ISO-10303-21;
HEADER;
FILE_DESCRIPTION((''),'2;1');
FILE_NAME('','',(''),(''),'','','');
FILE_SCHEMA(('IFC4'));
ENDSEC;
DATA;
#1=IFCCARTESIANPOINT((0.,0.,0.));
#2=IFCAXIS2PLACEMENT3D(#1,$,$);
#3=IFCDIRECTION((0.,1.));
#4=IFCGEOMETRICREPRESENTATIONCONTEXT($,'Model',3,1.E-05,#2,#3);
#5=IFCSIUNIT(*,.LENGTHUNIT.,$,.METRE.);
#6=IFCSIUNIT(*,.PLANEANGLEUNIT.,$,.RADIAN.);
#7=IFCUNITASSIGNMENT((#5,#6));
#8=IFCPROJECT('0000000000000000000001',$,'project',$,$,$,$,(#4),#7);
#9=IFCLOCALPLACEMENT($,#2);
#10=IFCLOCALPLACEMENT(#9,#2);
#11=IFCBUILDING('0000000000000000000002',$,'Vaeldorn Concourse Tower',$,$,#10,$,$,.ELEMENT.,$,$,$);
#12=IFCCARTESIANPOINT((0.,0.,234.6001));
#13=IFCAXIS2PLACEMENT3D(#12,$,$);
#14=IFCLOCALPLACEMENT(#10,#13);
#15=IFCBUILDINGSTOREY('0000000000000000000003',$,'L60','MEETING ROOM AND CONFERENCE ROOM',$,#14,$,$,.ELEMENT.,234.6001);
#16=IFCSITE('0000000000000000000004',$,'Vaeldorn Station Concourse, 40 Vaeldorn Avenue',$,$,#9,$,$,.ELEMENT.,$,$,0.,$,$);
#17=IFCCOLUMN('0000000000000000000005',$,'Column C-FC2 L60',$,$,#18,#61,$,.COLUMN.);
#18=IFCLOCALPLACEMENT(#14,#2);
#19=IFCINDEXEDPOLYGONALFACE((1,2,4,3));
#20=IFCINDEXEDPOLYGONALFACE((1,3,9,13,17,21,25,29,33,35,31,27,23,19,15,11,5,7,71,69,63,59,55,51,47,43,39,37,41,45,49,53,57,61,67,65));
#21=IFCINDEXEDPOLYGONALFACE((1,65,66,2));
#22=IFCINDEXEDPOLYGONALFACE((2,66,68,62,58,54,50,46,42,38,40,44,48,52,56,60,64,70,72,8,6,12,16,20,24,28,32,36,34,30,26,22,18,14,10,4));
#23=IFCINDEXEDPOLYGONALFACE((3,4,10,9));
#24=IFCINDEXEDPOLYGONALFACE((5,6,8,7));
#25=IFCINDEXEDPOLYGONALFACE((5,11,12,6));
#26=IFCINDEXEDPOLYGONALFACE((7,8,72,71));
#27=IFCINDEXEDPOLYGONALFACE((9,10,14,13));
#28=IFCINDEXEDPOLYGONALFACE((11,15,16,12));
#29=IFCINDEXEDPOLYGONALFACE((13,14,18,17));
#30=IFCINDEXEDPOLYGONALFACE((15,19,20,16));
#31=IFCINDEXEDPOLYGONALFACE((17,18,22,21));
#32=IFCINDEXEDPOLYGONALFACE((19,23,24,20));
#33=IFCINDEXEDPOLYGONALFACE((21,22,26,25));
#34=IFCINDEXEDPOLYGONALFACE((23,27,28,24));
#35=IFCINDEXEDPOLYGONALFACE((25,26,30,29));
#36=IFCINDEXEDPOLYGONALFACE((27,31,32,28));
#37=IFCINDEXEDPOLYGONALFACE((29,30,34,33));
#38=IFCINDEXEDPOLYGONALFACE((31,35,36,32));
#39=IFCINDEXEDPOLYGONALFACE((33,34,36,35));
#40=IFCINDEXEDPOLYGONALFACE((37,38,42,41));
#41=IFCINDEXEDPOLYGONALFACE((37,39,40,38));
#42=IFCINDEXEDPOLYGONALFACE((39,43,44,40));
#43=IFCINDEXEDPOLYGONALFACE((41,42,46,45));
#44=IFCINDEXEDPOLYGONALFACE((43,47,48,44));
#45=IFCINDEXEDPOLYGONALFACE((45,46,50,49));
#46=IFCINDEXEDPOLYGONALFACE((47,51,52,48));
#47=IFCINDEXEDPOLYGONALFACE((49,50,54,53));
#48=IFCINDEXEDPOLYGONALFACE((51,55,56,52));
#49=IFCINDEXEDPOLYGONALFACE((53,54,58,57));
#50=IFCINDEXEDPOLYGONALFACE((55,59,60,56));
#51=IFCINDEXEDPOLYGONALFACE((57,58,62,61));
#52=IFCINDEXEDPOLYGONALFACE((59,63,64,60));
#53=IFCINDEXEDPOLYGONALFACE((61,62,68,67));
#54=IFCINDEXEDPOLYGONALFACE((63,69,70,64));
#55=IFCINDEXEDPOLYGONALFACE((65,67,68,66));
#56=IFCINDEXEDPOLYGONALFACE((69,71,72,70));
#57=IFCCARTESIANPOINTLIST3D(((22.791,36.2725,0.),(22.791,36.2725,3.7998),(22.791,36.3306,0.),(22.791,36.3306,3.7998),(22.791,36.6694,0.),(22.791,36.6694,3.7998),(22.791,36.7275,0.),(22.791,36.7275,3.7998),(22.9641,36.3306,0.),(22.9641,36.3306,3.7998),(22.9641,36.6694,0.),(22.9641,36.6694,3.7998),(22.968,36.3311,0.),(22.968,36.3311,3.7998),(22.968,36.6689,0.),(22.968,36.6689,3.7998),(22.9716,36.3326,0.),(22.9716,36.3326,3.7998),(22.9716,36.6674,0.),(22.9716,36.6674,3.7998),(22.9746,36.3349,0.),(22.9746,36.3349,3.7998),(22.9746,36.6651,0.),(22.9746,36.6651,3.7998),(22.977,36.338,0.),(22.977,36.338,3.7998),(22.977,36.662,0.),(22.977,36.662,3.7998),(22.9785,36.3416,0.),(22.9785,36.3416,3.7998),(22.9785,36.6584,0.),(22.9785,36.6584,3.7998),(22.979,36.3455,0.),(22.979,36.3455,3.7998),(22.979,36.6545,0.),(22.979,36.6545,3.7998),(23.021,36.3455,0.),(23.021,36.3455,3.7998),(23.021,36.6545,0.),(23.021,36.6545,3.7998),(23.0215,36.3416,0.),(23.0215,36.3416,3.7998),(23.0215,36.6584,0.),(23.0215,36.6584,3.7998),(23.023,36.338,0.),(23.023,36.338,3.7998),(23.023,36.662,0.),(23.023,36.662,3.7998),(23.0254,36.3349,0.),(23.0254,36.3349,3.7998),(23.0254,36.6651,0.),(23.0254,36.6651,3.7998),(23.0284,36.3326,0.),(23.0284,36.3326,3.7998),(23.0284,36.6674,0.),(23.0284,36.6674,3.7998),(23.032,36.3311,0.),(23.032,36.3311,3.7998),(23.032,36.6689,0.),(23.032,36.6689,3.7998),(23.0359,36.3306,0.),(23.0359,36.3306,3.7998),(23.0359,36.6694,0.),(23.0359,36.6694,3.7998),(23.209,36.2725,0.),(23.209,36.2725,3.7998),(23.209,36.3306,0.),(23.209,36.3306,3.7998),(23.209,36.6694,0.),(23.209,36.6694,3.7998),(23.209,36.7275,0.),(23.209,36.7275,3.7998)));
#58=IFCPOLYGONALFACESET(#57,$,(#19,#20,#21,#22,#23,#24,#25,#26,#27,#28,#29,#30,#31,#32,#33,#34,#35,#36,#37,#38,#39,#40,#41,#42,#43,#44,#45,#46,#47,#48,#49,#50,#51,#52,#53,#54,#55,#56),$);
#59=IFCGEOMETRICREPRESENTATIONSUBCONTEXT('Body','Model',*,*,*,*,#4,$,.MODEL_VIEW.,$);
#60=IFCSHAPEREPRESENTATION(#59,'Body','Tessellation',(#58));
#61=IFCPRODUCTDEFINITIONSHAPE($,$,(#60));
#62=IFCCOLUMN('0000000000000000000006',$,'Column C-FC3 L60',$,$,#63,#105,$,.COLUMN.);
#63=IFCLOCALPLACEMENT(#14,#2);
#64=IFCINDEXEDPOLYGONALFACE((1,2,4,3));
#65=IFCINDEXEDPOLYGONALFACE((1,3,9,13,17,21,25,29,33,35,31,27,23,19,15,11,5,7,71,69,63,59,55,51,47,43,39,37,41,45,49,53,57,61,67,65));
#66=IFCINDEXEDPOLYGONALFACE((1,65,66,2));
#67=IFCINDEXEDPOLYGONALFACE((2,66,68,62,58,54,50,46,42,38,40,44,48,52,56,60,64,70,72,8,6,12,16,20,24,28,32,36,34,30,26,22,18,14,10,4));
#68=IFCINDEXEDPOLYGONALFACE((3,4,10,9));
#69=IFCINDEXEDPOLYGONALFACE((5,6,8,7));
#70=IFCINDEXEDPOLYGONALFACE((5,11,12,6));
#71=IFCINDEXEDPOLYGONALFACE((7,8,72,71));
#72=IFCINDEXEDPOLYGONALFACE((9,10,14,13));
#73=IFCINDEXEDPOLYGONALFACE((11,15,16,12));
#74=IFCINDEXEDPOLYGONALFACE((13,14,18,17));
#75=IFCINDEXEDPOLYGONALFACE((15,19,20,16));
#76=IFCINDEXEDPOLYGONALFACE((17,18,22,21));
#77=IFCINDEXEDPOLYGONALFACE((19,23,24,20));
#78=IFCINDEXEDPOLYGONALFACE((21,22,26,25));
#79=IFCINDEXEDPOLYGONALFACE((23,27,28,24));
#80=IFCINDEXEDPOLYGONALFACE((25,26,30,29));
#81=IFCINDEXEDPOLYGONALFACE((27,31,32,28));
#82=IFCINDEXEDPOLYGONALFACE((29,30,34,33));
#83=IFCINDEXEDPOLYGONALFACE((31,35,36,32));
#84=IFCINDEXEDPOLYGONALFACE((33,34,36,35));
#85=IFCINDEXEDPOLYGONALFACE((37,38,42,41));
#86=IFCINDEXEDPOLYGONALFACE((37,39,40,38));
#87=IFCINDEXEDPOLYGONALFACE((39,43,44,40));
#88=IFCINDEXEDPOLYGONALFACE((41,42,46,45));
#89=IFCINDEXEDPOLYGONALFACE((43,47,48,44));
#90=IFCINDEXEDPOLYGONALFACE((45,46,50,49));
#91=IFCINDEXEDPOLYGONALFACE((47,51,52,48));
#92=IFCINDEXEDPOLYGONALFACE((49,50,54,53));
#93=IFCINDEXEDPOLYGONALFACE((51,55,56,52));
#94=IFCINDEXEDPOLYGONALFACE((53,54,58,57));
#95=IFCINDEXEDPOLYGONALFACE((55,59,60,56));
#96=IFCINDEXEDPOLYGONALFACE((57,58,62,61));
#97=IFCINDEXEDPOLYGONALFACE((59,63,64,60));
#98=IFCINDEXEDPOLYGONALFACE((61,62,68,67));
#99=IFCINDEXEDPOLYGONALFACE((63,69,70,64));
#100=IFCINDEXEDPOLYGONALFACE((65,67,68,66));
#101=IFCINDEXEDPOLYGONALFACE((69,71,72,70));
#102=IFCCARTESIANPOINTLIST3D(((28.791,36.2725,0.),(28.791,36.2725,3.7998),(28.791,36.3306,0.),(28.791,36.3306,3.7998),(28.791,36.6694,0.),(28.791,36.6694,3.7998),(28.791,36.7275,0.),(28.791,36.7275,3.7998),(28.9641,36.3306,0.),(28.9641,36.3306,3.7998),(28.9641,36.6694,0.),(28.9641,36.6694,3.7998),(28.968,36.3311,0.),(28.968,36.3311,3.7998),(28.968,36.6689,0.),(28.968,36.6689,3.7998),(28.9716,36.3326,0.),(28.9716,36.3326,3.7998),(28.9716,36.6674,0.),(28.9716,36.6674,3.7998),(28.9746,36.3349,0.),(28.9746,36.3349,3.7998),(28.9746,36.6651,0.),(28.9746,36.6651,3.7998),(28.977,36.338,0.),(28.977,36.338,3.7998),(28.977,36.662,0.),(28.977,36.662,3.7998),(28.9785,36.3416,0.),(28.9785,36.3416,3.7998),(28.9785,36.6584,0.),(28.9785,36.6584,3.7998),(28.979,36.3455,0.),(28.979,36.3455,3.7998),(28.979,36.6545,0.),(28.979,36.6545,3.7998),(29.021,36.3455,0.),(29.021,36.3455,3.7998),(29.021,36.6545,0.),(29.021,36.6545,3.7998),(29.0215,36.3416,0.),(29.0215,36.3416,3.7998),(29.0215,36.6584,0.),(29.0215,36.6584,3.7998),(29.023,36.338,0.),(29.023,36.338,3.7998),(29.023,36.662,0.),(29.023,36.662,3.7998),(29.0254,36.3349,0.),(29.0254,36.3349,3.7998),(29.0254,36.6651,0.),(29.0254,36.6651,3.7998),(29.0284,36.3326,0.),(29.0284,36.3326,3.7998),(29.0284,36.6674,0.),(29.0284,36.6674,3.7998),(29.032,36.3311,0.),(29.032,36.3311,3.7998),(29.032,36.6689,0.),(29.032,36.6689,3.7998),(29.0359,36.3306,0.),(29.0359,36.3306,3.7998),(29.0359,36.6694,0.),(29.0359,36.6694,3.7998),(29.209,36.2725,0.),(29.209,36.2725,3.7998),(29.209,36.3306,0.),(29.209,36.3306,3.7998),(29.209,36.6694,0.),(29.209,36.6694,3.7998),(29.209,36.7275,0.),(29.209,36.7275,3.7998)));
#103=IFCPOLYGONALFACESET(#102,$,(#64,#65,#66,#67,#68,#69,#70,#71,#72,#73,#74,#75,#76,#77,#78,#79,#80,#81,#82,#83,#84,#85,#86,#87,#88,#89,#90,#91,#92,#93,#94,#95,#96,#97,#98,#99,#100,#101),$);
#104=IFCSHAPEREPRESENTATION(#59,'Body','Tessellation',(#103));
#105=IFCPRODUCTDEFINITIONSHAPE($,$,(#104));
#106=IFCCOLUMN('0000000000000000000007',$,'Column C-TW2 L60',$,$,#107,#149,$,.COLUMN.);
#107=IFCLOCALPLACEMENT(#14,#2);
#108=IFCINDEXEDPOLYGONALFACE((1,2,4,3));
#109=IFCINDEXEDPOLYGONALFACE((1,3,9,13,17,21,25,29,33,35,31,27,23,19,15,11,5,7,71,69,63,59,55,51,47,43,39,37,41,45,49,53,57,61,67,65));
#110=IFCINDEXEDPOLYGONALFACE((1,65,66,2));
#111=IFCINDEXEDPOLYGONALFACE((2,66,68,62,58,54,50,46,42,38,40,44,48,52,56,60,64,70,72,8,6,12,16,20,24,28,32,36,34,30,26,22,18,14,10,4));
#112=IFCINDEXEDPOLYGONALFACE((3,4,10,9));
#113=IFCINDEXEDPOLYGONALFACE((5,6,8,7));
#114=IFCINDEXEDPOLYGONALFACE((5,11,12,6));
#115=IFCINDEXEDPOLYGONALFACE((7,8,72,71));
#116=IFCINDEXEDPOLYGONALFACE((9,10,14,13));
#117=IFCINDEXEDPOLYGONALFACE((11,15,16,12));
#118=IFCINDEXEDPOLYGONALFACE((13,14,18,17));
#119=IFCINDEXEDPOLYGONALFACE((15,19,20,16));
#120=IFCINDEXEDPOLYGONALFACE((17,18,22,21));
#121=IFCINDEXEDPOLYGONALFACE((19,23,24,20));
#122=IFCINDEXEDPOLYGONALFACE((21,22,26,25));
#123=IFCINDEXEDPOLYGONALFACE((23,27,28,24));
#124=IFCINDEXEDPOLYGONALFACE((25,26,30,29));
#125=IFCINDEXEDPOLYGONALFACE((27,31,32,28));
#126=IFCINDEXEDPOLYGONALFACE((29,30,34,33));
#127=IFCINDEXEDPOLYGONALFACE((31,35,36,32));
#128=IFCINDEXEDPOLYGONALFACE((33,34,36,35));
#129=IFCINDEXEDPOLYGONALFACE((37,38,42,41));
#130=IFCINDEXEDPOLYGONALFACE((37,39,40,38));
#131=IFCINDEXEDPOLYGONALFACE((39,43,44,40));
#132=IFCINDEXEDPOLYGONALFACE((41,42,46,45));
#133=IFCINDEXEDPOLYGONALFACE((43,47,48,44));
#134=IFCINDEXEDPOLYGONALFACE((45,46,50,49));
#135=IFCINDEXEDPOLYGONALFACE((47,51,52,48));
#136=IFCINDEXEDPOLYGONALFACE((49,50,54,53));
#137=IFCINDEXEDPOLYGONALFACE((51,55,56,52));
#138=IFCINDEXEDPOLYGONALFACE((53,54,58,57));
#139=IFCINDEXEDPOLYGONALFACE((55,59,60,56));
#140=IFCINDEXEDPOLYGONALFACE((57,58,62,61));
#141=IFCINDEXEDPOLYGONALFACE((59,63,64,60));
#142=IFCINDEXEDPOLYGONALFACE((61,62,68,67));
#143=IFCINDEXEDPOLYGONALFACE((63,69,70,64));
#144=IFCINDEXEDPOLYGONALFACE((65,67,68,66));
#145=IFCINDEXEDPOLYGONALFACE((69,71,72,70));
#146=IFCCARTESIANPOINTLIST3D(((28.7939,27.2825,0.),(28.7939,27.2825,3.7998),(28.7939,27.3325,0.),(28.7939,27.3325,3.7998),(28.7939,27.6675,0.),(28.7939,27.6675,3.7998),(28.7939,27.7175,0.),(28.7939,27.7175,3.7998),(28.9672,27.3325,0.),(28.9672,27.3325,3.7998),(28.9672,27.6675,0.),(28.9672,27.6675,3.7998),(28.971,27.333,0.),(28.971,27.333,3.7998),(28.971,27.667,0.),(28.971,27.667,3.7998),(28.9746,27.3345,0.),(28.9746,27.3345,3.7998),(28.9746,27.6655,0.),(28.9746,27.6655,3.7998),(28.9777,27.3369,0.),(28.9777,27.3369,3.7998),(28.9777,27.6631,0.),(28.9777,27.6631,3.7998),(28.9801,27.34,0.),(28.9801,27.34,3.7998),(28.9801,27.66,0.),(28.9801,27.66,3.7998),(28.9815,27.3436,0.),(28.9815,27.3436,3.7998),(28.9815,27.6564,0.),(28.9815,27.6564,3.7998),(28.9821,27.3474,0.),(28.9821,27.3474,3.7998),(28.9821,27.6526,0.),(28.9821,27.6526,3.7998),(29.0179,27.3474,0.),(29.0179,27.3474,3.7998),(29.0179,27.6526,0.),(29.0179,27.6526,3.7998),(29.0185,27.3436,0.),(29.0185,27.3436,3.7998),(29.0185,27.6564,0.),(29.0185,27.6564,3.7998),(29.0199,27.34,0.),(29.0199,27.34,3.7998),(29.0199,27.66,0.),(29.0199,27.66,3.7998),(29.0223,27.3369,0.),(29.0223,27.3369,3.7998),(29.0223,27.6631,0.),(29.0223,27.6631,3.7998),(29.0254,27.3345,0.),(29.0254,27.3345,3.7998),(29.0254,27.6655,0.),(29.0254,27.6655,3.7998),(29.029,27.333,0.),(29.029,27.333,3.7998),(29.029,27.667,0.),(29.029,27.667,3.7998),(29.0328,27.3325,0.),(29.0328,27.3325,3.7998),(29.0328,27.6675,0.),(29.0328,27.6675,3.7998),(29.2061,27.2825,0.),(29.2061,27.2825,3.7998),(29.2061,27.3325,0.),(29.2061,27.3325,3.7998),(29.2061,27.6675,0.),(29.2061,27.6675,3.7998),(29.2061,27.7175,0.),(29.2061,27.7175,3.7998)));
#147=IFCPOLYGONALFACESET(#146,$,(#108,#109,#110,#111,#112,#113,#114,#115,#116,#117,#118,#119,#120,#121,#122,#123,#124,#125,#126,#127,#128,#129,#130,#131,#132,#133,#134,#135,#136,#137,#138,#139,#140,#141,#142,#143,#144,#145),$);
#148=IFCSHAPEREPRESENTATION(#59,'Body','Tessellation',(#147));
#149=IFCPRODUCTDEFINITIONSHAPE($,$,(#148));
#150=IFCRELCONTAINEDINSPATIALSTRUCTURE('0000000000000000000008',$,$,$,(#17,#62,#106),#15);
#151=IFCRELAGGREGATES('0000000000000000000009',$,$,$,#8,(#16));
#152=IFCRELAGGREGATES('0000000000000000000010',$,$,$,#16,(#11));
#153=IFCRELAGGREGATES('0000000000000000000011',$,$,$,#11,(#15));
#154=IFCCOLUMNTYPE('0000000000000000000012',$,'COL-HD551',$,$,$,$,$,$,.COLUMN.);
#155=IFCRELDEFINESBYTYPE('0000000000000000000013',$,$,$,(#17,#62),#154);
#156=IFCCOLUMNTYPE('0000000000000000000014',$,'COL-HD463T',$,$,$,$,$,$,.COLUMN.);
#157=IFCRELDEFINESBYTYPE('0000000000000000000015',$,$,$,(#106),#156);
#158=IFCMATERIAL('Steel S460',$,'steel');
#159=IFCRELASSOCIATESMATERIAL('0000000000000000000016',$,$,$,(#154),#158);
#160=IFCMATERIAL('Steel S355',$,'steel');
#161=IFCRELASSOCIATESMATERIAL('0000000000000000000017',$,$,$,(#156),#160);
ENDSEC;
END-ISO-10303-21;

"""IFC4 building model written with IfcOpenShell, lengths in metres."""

from ifc_helpers import new_model, si_unit, direction, frame, origin, origin_2d, place, context, subcontext, project, spatial, i_section, extrude, source, transform, mapped, material, material_profile, profile_set, type_object, element, save


model = new_model("IFC4")

# Units and contexts
model_context = context("Model", 3, precision=1e-05, world=origin(), true_north=direction((0.0, 1.0)))
body_context = subcontext(model_context, "Body", "Model", "MODEL_VIEW")
ifc_project = project(units=[si_unit("LENGTHUNIT", "METRE"), si_unit("PLANEANGLEUNIT", "RADIAN")], contexts=[model_context])

# Site, building, storey
site_placement = place(None, origin())
site = spatial("IfcSite", under=ifc_project, at=site_placement, Name="Vaeldorn Station Concourse, 40 Vaeldorn Avenue", CompositionType="ELEMENT", RefElevation=0.0)
building_placement = place(site_placement, origin())
building = spatial("IfcBuilding", under=site, at=building_placement, Name="Vaeldorn Concourse Tower", CompositionType="ELEMENT")
storey_placement = place(building_placement, frame((0.0, 0.0, 234.6001)))
storey = spatial("IfcBuildingStorey", under=building, at=storey_placement, Name="L60", Description="MEETING ROOM AND CONFERENCE ROOM", CompositionType="ELEMENT", Elevation=234.6001)

# Columns
ifc_material_1 = material(Name="Steel S460", Category="steel")
ifc_material_profile_1 = material_profile(ifc_material_1, i_section(OverallWidth=0.418, OverallDepth=0.4551, WebThickness=0.042, FlangeThickness=0.0581, FilletRadius=0.0149, at=origin_2d()), Name="HD 400x551")
ifc_profile_set_1 = profile_set([ifc_material_profile_1], Name="Steel S460")
column_type_1 = type_object("IfcColumnType", Name="COL-HD551", PredefinedType="COLUMN", material=ifc_profile_set_1)
shared_shape_1 = source(origin(), body_context, "Body", "SweptSolid", [
    extrude(i_section(OverallWidth=0.418, OverallDepth=0.4551, WebThickness=0.042, FlangeThickness=0.0581, FilletRadius=0.0149, at=origin_2d()), origin(), (0.0, 0.0, 1.0), 3.7998),
])
for number, where, z_axis, x_axis, name in (
    (1, (23.0, 36.5, 0.0), (0.0, 0.0, 1.0), (1.0, 0.0, 0.0), "Column C-FC2 L60"),
    (2, (29.0, 36.5, 0.0), (0.0, 0.0, 1.0), (1.0, 0.0, 0.0), "Column C-FC3 L60"),
):
    element("IfcColumn", number, at=place(storey_placement, frame(where, z_axis=z_axis, x_axis=x_axis)), inside=storey, type_object=column_type_1, Name=name, PredefinedType="COLUMN", context=body_context, shape_type="MappedRepresentation", body=[
        mapped(shared_shape_1, transform((0.0, 0.0, 0.0), scale=1.0)),
    ])
ifc_material_2 = material(Name="Steel S355", Category="steel")
ifc_material_profile_2 = material_profile(ifc_material_2, i_section(OverallWidth=0.4121, OverallDepth=0.4351, WebThickness=0.0359, FlangeThickness=0.05, FilletRadius=0.0149, at=origin_2d()), Name="HD 400x463")
ifc_profile_set_2 = profile_set([ifc_material_profile_2], Name="Steel S355")
column_type_2 = type_object("IfcColumnType", Name="COL-HD463T", PredefinedType="COLUMN", material=ifc_profile_set_2)
shared_shape_2 = source(origin(), body_context, "Body", "SweptSolid", [
    extrude(i_section(OverallWidth=0.4121, OverallDepth=0.4351, WebThickness=0.0359, FlangeThickness=0.05, FilletRadius=0.0149, at=origin_2d()), origin(), (0.0, 0.0, 1.0), 3.7998),
])
column_placement = place(storey_placement, frame((29.0, 27.5, 0.0), z_axis=(0.0, 0.0, 1.0), x_axis=(1.0, 0.0, 0.0)))
element("IfcColumn", 3, at=column_placement, inside=storey, type_object=column_type_2, Name="Column C-TW2 L60", PredefinedType="COLUMN", context=body_context, shape_type="MappedRepresentation", body=[
    mapped(shared_shape_2, transform((0.0, 0.0, 0.0), scale=1.0)),
])

save(model, "model.ifc")
